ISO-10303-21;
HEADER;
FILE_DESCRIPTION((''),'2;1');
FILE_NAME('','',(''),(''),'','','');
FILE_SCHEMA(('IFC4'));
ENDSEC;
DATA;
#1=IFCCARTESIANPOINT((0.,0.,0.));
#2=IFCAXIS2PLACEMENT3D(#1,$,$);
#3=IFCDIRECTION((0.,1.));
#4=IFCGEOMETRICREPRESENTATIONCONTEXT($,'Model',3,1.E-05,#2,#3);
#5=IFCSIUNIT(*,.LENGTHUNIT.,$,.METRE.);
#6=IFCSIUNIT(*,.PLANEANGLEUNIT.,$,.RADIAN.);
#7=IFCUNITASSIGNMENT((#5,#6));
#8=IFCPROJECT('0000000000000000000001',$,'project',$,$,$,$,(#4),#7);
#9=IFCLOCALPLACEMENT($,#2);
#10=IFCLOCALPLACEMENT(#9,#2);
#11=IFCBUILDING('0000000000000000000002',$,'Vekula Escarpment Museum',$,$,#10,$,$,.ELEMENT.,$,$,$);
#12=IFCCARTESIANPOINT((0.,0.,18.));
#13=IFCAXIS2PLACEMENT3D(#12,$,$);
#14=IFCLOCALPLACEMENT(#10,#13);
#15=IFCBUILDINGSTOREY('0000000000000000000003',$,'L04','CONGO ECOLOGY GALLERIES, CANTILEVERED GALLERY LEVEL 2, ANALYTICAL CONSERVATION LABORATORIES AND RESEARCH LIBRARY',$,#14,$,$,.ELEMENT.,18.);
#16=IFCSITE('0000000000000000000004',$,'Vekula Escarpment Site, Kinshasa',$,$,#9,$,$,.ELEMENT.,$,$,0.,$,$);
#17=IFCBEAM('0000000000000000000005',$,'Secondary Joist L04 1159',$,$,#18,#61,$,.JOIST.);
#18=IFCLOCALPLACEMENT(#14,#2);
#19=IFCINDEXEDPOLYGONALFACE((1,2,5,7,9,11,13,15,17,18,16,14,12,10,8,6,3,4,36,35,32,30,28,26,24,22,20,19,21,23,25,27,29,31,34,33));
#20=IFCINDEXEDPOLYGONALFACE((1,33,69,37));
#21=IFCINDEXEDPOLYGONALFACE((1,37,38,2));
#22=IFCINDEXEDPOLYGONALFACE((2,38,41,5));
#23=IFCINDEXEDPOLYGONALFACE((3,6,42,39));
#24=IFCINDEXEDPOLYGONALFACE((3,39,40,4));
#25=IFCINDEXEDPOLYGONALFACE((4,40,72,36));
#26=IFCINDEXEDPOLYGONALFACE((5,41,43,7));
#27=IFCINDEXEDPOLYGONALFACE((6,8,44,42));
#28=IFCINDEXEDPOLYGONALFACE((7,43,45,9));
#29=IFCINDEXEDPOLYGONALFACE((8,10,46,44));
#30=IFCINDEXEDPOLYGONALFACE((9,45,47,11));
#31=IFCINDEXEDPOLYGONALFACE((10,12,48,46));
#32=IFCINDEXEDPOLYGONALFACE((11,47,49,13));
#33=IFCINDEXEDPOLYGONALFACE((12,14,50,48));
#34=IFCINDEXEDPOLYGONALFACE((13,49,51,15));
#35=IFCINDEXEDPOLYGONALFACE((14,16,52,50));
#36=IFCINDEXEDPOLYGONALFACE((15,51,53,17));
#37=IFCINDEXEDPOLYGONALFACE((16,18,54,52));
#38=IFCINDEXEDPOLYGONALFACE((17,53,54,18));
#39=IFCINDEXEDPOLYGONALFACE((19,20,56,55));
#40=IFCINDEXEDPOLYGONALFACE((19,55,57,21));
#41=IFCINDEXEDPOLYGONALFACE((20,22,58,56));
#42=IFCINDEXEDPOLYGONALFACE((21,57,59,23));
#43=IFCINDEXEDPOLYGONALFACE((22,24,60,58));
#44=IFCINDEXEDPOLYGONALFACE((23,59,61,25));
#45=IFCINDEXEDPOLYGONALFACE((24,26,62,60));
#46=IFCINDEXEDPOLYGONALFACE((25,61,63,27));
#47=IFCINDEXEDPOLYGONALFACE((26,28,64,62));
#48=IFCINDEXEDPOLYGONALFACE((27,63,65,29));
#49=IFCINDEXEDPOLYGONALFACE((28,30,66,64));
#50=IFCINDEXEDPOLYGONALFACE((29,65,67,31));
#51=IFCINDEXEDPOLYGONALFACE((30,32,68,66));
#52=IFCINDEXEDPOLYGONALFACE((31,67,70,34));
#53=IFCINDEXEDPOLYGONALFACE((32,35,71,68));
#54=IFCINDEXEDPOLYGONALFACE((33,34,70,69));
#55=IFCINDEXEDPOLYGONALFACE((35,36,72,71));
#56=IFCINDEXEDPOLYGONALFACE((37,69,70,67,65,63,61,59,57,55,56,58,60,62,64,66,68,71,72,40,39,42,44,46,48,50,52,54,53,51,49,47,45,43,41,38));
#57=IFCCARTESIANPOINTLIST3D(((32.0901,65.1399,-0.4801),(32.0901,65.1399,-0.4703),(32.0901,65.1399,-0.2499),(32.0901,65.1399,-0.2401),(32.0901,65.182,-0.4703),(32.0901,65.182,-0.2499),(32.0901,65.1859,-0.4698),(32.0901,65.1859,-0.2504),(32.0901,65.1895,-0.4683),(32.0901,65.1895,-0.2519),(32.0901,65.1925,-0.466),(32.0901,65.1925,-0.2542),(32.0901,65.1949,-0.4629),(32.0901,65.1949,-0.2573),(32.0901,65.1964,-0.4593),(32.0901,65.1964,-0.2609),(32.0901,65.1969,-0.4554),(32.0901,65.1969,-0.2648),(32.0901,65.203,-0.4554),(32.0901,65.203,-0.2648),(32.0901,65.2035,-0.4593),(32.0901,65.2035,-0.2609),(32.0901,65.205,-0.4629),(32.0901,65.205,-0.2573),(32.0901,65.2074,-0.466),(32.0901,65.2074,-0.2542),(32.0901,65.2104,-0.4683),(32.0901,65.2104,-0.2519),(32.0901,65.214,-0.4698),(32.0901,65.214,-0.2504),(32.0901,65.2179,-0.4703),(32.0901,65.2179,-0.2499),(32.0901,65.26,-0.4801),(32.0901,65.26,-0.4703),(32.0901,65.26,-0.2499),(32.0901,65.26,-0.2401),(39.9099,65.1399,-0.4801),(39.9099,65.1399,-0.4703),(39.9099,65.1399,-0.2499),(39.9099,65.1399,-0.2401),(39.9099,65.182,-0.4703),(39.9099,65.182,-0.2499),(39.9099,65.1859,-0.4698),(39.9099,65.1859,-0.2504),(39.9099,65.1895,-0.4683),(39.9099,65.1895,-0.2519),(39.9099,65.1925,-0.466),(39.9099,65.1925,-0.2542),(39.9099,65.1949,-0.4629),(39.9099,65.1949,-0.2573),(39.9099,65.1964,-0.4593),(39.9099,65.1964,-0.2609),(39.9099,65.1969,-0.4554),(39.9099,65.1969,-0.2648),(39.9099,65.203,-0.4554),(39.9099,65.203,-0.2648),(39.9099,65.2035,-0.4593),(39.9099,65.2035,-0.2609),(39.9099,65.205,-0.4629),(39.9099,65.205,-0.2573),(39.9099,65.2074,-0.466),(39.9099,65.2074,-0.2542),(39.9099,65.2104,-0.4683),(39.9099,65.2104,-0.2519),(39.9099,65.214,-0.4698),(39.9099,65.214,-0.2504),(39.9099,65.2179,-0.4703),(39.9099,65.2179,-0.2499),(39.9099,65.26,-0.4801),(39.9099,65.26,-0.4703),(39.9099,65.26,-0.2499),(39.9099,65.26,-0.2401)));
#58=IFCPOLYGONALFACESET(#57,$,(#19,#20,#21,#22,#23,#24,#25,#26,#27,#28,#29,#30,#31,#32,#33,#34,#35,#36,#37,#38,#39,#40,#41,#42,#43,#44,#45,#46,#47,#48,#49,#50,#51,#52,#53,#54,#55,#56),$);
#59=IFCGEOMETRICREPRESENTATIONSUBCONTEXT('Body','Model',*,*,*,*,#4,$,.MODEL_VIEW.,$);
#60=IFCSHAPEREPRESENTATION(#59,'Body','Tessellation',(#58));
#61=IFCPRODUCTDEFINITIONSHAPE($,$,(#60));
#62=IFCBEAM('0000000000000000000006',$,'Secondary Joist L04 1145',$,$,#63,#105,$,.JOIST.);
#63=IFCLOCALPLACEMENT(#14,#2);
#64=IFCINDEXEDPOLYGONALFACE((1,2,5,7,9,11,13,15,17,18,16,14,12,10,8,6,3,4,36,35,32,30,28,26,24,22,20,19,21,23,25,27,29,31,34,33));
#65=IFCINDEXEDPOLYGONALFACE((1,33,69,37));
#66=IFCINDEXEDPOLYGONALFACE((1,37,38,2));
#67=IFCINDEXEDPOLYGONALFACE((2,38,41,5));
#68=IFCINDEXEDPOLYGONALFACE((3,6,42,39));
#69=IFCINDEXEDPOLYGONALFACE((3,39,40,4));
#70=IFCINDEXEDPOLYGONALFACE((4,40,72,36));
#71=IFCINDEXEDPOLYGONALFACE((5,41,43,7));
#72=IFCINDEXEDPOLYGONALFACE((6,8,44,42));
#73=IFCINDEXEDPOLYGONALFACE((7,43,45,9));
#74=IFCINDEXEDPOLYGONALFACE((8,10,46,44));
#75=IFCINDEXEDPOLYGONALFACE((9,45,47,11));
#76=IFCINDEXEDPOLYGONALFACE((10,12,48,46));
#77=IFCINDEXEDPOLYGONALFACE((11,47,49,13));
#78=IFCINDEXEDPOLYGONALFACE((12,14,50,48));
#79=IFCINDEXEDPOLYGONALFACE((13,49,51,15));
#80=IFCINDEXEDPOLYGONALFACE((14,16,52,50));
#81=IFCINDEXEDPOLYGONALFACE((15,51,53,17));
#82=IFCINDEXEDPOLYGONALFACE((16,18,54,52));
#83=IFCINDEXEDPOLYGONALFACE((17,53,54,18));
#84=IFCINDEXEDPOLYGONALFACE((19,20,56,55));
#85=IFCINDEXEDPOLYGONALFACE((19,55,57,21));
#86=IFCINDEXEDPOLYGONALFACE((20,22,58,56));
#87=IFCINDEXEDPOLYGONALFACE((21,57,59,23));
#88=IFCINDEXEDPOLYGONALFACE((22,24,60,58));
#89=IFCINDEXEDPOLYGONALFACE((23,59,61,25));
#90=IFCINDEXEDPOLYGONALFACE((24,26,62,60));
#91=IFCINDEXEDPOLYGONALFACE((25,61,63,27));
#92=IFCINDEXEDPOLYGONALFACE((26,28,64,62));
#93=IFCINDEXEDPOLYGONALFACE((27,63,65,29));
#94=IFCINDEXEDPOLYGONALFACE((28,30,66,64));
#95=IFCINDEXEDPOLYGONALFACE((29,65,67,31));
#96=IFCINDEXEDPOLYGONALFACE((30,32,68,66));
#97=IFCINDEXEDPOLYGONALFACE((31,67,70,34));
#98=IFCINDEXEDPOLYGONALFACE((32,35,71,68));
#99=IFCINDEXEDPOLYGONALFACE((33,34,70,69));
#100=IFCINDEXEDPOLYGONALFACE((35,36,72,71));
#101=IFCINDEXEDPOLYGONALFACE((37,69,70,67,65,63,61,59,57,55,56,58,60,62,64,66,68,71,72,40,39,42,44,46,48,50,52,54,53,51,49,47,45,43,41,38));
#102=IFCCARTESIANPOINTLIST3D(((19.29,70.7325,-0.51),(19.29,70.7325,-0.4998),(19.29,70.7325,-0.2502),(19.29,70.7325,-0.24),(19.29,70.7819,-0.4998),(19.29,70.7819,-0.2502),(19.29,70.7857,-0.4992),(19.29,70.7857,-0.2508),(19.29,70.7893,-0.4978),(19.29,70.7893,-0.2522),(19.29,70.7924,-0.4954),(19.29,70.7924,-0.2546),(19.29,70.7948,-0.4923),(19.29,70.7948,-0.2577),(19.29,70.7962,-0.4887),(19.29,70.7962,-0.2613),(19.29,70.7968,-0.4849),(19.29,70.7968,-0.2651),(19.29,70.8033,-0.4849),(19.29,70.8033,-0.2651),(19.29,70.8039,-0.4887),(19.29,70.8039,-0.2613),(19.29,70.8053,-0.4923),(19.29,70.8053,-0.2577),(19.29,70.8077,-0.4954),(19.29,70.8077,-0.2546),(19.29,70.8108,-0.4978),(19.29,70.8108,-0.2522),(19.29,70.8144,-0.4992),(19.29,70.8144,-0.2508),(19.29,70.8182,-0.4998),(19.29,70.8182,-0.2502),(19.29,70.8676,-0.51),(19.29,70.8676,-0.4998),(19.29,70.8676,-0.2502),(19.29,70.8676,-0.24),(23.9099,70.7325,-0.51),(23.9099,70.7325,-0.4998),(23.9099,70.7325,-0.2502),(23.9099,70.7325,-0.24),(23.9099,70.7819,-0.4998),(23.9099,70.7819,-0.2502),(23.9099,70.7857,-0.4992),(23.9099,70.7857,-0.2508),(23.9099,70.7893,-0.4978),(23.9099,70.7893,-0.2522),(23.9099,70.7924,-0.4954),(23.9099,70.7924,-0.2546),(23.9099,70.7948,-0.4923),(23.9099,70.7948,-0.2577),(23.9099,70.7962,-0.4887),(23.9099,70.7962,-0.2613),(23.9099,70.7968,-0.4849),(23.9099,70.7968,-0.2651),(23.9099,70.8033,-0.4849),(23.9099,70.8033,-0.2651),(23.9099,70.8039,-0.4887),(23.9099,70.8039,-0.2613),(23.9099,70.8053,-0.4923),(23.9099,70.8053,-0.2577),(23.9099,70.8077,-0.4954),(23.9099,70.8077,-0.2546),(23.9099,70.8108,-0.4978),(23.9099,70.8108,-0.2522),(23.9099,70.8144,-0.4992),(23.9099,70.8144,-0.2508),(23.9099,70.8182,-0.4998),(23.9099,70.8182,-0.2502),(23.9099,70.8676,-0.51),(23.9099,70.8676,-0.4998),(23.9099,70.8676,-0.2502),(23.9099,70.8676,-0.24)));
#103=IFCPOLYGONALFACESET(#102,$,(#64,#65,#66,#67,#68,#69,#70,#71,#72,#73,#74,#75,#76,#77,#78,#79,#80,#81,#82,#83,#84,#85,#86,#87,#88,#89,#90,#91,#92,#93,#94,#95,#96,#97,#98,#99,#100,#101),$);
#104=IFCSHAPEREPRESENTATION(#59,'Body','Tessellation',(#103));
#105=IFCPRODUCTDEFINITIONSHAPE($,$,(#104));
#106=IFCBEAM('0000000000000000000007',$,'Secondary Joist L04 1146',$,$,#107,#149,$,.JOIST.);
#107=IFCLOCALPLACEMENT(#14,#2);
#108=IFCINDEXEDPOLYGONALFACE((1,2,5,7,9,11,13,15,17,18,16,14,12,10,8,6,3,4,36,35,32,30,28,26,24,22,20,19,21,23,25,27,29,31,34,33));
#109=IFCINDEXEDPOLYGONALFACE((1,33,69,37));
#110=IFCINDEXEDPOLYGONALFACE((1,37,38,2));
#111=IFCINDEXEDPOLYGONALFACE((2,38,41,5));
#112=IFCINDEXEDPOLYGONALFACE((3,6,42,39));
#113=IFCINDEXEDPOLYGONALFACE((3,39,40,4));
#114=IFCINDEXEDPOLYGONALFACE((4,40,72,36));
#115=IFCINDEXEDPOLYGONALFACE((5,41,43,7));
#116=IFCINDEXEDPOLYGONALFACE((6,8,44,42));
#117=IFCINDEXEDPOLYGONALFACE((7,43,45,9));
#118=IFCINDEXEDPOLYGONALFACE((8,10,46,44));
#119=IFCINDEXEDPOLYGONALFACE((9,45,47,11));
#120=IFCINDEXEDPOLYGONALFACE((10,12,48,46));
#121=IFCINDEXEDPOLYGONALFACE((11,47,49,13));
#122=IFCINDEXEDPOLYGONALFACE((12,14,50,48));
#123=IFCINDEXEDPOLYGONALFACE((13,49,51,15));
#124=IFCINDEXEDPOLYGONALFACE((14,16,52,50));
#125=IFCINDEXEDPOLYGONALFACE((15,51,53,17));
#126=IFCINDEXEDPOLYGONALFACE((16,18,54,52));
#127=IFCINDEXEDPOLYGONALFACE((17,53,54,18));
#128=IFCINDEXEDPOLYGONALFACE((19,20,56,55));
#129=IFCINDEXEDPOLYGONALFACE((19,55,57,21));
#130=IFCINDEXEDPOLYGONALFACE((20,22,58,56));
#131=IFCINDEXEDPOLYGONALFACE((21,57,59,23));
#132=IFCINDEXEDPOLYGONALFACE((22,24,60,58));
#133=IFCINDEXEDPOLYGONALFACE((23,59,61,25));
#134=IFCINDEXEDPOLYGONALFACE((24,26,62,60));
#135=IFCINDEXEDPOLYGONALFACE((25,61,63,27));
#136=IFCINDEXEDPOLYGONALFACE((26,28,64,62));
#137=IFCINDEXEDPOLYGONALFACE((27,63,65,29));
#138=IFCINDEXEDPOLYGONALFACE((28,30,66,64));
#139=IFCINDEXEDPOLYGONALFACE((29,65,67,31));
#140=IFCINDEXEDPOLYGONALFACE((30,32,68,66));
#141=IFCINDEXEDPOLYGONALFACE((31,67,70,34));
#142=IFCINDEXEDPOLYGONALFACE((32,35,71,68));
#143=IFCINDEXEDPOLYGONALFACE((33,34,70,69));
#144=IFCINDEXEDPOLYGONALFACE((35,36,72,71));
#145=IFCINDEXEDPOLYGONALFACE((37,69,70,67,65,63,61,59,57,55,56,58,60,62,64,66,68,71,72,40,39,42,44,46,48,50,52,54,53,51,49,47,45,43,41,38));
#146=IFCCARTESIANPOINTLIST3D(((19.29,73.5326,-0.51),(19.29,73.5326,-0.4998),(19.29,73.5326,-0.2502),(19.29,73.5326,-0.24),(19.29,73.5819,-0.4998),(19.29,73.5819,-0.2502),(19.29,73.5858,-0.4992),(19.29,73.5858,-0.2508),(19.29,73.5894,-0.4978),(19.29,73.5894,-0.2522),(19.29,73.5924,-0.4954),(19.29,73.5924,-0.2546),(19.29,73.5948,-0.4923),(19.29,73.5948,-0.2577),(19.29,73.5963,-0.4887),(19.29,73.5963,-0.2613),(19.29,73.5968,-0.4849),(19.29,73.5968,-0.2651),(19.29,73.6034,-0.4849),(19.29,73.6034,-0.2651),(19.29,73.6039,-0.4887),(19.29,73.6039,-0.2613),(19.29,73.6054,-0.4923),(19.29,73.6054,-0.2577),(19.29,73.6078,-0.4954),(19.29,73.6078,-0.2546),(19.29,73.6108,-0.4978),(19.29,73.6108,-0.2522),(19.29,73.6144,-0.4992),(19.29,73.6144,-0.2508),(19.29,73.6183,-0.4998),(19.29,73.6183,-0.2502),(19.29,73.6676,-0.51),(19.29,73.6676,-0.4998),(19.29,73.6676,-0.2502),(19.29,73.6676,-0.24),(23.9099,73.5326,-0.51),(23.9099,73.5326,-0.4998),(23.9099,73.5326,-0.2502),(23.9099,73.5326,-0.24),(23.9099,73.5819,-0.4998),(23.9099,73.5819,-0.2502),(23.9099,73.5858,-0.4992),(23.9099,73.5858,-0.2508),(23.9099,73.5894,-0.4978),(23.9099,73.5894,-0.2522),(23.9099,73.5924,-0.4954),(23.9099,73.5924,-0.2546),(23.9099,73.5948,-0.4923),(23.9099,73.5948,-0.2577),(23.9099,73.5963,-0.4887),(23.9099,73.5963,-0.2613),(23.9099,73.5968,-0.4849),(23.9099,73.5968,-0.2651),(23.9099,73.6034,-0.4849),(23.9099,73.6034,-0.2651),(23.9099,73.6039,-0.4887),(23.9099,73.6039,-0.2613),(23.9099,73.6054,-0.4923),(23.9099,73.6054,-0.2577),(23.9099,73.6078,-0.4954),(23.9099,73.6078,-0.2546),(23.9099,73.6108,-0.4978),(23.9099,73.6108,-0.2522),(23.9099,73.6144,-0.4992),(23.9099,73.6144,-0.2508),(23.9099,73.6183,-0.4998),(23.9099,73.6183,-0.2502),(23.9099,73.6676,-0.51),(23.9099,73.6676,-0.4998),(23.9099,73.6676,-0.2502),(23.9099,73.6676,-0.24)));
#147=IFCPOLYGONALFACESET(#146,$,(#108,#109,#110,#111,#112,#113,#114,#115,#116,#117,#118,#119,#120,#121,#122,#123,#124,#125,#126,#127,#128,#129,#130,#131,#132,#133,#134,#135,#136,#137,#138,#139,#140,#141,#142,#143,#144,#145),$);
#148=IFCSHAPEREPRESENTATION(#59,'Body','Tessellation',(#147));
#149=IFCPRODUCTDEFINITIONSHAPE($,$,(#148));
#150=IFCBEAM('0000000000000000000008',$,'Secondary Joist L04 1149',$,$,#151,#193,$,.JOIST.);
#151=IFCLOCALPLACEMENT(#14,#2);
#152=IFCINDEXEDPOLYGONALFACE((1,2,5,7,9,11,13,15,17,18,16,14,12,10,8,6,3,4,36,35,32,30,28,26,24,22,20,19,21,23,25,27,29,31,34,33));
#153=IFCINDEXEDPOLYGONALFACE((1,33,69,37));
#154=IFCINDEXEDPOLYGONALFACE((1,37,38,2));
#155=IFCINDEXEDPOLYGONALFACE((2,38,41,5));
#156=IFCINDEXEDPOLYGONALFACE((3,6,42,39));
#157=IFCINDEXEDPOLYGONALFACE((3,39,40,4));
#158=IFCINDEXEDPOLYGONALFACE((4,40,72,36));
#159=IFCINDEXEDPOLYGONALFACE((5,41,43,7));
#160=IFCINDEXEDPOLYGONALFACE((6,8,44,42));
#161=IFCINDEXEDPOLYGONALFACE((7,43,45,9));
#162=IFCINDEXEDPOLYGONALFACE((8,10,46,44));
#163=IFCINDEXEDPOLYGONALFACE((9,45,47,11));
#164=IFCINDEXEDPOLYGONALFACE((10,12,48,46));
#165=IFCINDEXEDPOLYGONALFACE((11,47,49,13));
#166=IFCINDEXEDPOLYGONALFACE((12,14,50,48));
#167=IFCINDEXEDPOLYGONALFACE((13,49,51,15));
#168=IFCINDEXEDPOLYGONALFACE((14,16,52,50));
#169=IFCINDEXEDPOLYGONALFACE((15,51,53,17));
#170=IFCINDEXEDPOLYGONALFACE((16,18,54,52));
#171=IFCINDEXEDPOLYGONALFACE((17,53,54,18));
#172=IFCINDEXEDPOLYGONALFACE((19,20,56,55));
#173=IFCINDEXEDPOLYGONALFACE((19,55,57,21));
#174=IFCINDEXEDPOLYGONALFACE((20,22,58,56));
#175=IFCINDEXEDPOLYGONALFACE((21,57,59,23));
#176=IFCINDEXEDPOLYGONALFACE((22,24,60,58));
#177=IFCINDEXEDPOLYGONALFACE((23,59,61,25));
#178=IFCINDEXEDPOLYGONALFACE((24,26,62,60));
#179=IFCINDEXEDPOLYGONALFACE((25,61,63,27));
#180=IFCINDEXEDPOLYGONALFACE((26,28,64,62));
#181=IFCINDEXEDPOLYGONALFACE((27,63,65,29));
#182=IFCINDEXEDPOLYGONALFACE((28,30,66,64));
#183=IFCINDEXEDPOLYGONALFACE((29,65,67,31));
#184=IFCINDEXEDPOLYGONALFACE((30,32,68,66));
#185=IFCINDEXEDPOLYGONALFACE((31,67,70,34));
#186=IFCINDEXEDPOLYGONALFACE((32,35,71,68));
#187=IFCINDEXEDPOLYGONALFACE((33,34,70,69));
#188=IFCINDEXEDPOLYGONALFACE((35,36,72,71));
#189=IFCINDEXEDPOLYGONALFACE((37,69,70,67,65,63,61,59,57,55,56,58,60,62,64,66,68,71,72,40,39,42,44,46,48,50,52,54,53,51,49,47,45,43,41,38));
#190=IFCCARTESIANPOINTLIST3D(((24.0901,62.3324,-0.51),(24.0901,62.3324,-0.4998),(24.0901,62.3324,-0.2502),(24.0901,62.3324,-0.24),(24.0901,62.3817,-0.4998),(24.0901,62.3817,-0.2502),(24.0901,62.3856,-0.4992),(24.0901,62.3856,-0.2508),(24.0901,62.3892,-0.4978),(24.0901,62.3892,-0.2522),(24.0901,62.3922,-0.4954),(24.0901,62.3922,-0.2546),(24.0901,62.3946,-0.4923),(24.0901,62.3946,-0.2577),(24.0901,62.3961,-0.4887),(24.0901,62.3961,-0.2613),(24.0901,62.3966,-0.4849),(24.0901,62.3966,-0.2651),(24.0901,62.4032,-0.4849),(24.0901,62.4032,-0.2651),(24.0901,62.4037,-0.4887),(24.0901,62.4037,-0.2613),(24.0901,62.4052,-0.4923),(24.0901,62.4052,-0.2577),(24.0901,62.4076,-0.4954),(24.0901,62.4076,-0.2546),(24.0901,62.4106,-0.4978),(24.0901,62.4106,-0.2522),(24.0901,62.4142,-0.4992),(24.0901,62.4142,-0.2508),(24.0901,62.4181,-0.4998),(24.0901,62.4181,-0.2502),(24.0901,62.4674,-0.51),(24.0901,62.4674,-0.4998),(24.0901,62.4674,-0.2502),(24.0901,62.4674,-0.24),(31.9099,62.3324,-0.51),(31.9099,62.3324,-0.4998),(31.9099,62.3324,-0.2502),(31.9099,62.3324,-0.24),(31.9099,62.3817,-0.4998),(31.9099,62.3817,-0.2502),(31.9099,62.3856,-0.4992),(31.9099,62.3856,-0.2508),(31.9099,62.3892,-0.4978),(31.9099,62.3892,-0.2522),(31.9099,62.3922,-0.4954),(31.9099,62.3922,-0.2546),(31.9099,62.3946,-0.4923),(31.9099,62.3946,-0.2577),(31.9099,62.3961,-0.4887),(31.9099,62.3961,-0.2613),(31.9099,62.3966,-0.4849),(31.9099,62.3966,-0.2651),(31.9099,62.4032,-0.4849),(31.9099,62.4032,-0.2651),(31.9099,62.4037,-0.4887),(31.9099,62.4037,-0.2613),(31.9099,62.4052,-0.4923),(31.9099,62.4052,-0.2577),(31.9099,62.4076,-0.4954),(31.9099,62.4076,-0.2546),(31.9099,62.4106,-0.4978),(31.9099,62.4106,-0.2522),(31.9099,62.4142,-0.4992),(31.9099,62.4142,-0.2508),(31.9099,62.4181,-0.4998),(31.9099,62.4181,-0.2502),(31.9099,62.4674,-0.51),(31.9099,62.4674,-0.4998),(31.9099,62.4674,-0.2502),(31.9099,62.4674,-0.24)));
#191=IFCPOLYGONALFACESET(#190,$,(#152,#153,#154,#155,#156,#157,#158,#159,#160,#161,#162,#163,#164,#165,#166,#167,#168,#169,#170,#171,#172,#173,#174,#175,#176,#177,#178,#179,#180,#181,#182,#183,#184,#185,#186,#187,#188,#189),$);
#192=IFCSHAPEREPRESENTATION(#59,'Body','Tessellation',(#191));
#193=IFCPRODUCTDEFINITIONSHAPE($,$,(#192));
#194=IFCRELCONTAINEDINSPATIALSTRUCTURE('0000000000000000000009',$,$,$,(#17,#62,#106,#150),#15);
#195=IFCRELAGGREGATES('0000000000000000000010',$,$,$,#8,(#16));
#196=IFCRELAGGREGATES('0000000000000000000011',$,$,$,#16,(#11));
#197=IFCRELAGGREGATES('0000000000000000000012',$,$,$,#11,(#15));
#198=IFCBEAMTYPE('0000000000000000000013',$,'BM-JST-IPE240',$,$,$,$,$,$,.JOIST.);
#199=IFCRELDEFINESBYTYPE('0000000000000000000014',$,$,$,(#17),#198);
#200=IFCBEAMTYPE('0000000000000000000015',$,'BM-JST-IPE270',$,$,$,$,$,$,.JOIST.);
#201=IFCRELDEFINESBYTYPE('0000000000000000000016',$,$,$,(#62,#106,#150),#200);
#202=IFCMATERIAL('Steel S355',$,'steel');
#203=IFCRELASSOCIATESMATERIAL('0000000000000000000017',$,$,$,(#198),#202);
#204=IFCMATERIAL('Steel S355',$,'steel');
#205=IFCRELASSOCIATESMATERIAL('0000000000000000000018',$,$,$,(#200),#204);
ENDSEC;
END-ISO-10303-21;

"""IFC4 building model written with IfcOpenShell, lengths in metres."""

from ifc_helpers import new_model, si_unit, direction, frame, origin, origin_2d, place, context, subcontext, project, spatial, i_section, extrude, material, material_profile, profile_set, type_object, element, save


model = new_model("IFC4")

# Units and contexts
model_context = context("Model", 3, precision=1e-05, world=origin(), true_north=direction((0.0, 1.0)))
body_context = subcontext(model_context, "Body", "Model", "MODEL_VIEW")
ifc_project = project(units=[si_unit("LENGTHUNIT", "METRE"), si_unit("PLANEANGLEUNIT", "RADIAN")], contexts=[model_context])

# Site, building, storey
site_placement = place(None, origin())
site = spatial("IfcSite", under=ifc_project, at=site_placement, Name="Vekula Escarpment Site, Kinshasa", CompositionType="ELEMENT", RefElevation=0.0)
building_placement = place(site_placement, origin())
building = spatial("IfcBuilding", under=site, at=building_placement, Name="Vekula Escarpment Museum", CompositionType="ELEMENT")
storey_placement = place(building_placement, frame((0.0, 0.0, 18.0)))
storey = spatial("IfcBuildingStorey", under=building, at=storey_placement, Name="L04", Description="CONGO ECOLOGY GALLERIES, CANTILEVERED GALLERY LEVEL 2, ANALYTICAL CONSERVATION LABORATORIES AND RESEARCH LIBRARY", CompositionType="ELEMENT", Elevation=18.0)

# Beams
ifc_material_1 = material(Name="Steel S355", Category="steel")
ifc_material_profile_1 = material_profile(ifc_material_1, i_section(OverallWidth=0.1201, OverallDepth=0.24, WebThickness=0.0061, FlangeThickness=0.0098, FilletRadius=0.0149, at=origin_2d()), Name="IPE 240")
ifc_profile_set_1 = profile_set([ifc_material_profile_1], Name="Steel S355")
beam_type_1 = type_object("IfcBeamType", Name="BM-JST-IPE240", PredefinedType="JOIST", material=ifc_profile_set_1)
for number, where, z_axis, x_axis, name in (
    (1, (32.0901, 65.2, -0.3601), (1.0, 0.0, 0.0), (0.0, 1.0, 0.0), "Secondary Joist L04 1159"),
):
    element("IfcBeam", number, at=place(storey_placement, frame(where, z_axis=z_axis, x_axis=x_axis)), inside=storey, type_object=beam_type_1, Name=name, PredefinedType="JOIST", context=body_context, shape_type="SweptSolid", body=[
        extrude(i_section(OverallWidth=0.1201, OverallDepth=0.24, WebThickness=0.0061, FlangeThickness=0.0098, FilletRadius=0.0149, at=origin_2d()), origin(), (0.0, 0.0, 1.0), 7.8198),
    ])
ifc_material_2 = material(Name="Steel S355", Category="steel")
ifc_material_profile_2 = material_profile(ifc_material_2, i_section(OverallWidth=0.135, OverallDepth=0.27, WebThickness=0.0066, FlangeThickness=0.0103, FilletRadius=0.0149, at=origin_2d()), Name="IPE 270")
ifc_profile_set_2 = profile_set([ifc_material_profile_2], Name="Steel S355")
beam_type_2 = type_object("IfcBeamType", Name="BM-JST-IPE270", PredefinedType="JOIST", material=ifc_profile_set_2)
for number, where, z_axis, x_axis, name in (
    (2, (19.29, 70.8, -0.375), (1.0, 0.0, 0.0), (0.0, 1.0, 0.0), "Secondary Joist L04 1145"),
    (3, (19.29, 73.6001, -0.375), (1.0, 0.0, 0.0), (0.0, 1.0, 0.0), "Secondary Joist L04 1146"),
):
    element("IfcBeam", number, at=place(storey_placement, frame(where, z_axis=z_axis, x_axis=x_axis)), inside=storey, type_object=beam_type_2, Name=name, PredefinedType="JOIST", context=body_context, shape_type="SweptSolid", body=[
        extrude(i_section(OverallWidth=0.135, OverallDepth=0.27, WebThickness=0.0066, FlangeThickness=0.0103, FilletRadius=0.0149, at=origin_2d()), origin(), (0.0, 0.0, 1.0), 4.6199),
    ])
for number, where, z_axis, x_axis, name in (
    (4, (24.0901, 62.3999, -0.375), (1.0, 0.0, 0.0), (0.0, 1.0, 0.0), "Secondary Joist L04 1149"),
):
    element("IfcBeam", number, at=place(storey_placement, frame(where, z_axis=z_axis, x_axis=x_axis)), inside=storey, type_object=beam_type_2, Name=name, PredefinedType="JOIST", context=body_context, shape_type="SweptSolid", body=[
        extrude(i_section(OverallWidth=0.135, OverallDepth=0.27, WebThickness=0.0066, FlangeThickness=0.0103, FilletRadius=0.0149, at=origin_2d()), origin(), (0.0, 0.0, 1.0), 7.8198),
    ])

save(model, "model.ifc")
